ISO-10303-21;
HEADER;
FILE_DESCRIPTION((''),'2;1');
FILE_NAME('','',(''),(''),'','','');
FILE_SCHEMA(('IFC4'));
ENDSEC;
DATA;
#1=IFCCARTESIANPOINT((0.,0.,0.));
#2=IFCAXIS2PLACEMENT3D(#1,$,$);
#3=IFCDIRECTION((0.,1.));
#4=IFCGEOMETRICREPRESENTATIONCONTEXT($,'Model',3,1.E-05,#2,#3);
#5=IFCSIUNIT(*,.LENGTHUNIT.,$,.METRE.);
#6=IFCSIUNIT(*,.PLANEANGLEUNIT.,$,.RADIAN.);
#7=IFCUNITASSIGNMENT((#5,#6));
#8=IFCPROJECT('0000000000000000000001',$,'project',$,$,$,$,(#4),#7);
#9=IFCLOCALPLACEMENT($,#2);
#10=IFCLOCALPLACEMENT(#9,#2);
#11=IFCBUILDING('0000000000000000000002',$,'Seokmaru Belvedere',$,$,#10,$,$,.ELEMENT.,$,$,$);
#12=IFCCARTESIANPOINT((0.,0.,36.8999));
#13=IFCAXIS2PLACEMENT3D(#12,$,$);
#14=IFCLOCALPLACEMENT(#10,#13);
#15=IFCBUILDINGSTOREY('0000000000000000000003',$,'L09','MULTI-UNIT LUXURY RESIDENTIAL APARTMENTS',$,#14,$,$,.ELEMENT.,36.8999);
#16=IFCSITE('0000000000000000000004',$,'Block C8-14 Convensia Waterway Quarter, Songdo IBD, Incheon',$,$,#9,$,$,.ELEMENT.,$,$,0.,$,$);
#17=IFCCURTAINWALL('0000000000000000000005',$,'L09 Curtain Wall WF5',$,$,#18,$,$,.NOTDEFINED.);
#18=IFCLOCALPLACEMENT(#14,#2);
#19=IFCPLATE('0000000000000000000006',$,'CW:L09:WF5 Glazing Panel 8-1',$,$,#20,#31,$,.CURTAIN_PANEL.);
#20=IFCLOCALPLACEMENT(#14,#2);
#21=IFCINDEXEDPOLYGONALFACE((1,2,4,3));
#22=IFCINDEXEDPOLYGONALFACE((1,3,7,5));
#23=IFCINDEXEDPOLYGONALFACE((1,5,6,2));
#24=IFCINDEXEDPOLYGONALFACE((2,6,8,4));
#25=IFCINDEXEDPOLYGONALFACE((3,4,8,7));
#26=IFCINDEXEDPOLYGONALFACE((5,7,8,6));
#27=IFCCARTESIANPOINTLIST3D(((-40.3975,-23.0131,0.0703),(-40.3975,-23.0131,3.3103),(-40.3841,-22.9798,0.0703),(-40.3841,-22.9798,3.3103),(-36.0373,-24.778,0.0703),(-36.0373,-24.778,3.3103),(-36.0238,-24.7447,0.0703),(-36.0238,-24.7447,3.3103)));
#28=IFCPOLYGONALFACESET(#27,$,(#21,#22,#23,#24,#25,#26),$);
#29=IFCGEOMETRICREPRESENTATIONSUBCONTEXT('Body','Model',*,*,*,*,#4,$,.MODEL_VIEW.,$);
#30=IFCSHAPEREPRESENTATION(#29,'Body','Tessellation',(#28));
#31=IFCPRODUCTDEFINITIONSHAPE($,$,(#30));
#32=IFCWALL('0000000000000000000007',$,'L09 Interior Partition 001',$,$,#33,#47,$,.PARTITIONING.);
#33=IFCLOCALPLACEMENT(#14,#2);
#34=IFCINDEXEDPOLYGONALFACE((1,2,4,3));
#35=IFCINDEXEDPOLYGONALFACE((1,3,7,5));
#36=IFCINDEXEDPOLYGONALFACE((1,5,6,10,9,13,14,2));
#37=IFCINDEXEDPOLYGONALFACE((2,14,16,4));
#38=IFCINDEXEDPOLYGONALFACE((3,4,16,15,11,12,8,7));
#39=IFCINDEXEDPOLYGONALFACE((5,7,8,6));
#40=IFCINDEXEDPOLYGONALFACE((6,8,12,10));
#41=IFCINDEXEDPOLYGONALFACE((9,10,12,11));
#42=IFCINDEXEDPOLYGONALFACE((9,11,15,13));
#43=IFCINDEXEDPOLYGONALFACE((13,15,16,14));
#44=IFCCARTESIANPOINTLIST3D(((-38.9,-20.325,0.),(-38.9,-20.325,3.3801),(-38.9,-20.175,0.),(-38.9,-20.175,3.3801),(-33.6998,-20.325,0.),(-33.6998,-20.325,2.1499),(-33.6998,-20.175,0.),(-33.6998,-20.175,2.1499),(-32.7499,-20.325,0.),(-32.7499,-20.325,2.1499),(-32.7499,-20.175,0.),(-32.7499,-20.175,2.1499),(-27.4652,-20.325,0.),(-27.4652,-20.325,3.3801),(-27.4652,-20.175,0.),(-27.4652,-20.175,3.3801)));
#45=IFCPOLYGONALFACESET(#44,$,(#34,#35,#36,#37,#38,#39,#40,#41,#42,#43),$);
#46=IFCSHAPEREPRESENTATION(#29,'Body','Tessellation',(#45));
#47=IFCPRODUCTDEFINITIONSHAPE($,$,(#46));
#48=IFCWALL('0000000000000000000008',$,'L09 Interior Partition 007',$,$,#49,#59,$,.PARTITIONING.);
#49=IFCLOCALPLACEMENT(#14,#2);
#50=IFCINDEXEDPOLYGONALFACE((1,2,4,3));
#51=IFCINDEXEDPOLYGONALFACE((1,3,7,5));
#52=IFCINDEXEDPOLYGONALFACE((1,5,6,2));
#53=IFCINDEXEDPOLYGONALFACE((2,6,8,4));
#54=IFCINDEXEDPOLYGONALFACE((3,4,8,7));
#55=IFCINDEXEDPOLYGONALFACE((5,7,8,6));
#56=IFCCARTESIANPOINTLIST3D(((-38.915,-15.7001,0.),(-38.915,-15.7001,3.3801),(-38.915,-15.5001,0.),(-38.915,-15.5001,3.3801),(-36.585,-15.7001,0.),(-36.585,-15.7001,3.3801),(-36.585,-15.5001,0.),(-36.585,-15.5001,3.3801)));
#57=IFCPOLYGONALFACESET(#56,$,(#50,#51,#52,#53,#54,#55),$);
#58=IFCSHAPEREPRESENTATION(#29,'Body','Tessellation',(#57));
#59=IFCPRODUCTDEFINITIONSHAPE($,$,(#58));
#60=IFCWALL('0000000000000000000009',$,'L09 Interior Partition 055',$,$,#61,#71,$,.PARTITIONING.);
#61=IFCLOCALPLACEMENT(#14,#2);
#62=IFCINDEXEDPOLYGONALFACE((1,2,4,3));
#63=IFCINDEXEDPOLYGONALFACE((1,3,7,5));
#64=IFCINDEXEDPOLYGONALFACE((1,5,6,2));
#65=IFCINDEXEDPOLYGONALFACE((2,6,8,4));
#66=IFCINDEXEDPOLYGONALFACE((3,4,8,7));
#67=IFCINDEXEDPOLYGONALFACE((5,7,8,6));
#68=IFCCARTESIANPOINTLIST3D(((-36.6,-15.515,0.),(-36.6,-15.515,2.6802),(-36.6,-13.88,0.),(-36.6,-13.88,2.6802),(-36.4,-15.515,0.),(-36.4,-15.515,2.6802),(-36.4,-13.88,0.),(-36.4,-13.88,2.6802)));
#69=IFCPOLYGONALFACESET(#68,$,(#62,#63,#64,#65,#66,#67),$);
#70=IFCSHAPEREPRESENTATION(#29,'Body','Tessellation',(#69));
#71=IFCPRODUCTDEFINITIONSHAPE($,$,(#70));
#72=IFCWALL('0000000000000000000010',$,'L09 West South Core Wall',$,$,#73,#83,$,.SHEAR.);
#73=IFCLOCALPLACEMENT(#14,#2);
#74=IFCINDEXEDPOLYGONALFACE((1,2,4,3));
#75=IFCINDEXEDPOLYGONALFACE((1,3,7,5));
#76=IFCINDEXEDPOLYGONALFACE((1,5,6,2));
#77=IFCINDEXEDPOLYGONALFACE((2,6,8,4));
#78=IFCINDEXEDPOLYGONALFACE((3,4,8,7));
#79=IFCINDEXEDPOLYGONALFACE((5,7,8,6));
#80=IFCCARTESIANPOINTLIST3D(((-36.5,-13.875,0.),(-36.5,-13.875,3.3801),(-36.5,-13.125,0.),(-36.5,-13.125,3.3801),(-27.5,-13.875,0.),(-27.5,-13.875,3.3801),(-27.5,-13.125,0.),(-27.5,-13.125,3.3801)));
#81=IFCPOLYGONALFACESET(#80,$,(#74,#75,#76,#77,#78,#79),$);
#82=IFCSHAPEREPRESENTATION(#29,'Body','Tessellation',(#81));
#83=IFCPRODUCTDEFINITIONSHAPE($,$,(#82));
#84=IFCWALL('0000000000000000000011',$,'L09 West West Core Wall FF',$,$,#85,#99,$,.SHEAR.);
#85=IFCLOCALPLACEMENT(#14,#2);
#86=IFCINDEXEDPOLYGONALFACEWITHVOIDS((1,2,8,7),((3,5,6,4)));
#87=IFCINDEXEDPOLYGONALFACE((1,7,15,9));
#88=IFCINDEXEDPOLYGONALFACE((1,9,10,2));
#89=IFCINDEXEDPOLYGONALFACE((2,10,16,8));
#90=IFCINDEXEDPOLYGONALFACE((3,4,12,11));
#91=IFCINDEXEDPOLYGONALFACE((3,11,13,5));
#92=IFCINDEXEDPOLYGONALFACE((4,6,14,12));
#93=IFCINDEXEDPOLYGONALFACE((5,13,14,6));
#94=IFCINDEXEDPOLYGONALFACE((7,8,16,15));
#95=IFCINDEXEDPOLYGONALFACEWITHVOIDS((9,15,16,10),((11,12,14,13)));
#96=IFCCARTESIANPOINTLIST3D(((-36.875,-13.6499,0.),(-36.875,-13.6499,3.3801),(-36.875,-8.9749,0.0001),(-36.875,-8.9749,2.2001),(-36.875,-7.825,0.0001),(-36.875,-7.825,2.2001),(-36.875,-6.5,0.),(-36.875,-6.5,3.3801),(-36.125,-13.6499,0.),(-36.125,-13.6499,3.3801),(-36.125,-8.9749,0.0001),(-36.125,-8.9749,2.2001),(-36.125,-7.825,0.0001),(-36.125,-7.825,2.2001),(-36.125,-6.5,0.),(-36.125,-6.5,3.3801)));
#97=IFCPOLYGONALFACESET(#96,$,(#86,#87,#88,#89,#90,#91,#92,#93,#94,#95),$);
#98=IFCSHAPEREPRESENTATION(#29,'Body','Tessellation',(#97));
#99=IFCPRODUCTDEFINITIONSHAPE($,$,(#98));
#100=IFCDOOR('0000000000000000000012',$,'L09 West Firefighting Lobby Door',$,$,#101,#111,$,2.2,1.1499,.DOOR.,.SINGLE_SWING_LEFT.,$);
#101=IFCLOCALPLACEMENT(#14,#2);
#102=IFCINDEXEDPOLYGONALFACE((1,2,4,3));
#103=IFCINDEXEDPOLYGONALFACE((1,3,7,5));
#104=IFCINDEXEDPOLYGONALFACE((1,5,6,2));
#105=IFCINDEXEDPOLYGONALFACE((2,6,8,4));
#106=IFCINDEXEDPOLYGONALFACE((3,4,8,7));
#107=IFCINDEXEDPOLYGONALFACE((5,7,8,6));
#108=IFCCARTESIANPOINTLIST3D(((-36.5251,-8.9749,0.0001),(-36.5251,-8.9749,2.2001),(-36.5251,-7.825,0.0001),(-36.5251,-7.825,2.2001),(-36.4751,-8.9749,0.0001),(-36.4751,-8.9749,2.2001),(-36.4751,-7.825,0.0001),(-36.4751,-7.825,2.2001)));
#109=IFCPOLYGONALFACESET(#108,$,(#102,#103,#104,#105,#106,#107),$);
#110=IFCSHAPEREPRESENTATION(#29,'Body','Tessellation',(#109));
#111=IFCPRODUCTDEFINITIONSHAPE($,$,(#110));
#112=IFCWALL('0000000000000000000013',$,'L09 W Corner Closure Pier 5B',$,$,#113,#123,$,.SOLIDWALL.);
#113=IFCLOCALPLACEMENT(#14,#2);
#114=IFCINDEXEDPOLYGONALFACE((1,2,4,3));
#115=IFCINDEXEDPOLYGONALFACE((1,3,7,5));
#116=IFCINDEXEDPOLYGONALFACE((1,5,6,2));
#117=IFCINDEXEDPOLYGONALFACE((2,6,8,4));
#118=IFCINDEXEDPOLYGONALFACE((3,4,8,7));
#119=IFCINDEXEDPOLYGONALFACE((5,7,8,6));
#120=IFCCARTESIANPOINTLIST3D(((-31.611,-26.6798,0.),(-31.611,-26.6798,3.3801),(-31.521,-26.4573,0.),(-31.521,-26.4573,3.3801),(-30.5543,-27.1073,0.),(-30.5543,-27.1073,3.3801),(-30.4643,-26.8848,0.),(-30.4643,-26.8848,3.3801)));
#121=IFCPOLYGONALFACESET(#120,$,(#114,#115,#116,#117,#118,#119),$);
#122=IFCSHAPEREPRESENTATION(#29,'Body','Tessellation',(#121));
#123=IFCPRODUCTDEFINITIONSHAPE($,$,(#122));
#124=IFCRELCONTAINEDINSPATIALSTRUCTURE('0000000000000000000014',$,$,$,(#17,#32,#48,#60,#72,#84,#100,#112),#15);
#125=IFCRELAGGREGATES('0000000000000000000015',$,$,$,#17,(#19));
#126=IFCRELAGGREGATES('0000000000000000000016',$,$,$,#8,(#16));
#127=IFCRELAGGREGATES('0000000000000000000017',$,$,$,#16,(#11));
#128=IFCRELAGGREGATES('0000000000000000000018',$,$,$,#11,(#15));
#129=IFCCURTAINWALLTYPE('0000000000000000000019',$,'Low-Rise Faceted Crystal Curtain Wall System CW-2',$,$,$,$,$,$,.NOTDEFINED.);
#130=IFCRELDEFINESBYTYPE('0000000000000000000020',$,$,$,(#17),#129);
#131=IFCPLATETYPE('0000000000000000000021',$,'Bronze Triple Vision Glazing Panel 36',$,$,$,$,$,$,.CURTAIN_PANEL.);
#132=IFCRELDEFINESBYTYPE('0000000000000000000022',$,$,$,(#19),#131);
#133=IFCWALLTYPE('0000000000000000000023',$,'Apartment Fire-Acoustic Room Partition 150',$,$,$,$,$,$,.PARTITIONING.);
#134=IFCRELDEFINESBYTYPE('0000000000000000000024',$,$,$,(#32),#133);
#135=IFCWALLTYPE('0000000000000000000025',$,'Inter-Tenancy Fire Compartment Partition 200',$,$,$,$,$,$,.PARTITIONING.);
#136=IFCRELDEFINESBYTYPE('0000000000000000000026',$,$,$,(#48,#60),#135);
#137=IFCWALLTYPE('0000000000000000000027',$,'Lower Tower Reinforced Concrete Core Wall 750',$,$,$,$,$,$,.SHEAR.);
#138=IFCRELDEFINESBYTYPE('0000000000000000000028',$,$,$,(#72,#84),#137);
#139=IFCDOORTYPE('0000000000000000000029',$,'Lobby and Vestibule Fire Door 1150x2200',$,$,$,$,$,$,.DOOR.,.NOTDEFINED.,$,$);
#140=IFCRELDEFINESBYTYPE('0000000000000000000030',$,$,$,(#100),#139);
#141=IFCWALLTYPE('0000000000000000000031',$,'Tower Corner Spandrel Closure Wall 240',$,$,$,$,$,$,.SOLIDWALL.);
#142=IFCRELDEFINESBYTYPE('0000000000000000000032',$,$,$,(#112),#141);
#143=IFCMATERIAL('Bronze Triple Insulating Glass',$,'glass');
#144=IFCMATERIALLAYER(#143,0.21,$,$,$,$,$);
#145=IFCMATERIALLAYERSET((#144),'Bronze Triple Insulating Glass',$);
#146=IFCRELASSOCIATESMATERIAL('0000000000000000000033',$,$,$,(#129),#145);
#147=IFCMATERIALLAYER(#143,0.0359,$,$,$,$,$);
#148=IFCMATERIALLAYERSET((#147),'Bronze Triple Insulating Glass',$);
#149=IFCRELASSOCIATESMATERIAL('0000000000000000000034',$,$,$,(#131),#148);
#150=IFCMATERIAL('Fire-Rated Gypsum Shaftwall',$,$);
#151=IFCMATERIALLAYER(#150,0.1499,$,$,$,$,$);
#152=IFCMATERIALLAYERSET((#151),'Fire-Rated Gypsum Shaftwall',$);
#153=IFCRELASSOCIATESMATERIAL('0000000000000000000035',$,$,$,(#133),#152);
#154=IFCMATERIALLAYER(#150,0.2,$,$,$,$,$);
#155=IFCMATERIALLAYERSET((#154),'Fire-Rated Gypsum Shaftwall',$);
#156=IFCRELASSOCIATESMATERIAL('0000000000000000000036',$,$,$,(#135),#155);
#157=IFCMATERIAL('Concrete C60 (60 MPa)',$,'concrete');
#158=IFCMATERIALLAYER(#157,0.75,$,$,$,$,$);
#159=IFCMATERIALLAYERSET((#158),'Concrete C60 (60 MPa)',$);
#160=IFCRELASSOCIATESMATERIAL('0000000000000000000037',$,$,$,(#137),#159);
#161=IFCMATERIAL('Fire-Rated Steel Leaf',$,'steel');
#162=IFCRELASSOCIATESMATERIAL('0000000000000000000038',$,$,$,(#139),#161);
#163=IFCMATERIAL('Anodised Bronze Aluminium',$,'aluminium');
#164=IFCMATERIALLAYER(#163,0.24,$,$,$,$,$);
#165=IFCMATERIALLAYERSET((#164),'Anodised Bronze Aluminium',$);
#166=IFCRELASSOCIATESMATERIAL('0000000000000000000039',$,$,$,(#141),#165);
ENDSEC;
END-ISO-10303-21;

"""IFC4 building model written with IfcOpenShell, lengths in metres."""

from ifc_helpers import new_model, si_unit, direction, frame, frame_2d, origin, origin_2d, place, context, subcontext, project, spatial, rectangle, extrude, source, transform, mapped, material, layer, layer_set, type_object, type_shapes, element, fill, aggregate, save


model = new_model("IFC4")

# Units and contexts
model_context = context("Model", 3, precision=1e-05, world=origin(), true_north=direction((0.0, 1.0)))
body_context = subcontext(model_context, "Body", "Model", "MODEL_VIEW")
ifc_project = project(units=[si_unit("LENGTHUNIT", "METRE"), si_unit("PLANEANGLEUNIT", "RADIAN")], contexts=[model_context])

# Site, building, storey
site_placement = place(None, origin())
site = spatial("IfcSite", under=ifc_project, at=site_placement, Name="Block C8-14 Convensia Waterway Quarter, Songdo IBD, Incheon", CompositionType="ELEMENT", RefElevation=0.0)
building_placement = place(site_placement, origin())
building = spatial("IfcBuilding", under=site, at=building_placement, Name="Seokmaru Belvedere", CompositionType="ELEMENT")
storey_placement = place(building_placement, frame((0.0, 0.0, 36.8999)))
storey = spatial("IfcBuildingStorey", under=building, at=storey_placement, Name="L09", Description="MULTI-UNIT LUXURY RESIDENTIAL APARTMENTS", CompositionType="ELEMENT", Elevation=36.8999)

# Curtain wall
ifc_material_1 = material(Name="Bronze Triple Insulating Glass", Category="glass")
ifc_layer_1 = layer(ifc_material_1, 0.21)
ifc_layer_set_1 = layer_set([ifc_layer_1], Name="Bronze Triple Insulating Glass")
curtain_wall_type = type_object("IfcCurtainWallType", Name="Low-Rise Faceted Crystal Curtain Wall System CW-2", PredefinedType="NOTDEFINED", material=ifc_layer_set_1)
curtain_wall_placement = place(storey_placement, origin())
curtain_wall = element("IfcCurtainWall", 1, at=curtain_wall_placement, inside=storey, type_object=curtain_wall_type, Name="L09 Curtain Wall WF5", PredefinedType="NOTDEFINED")
ifc_material_2 = material(Name="Anodised Bronze Aluminium", Category="aluminium")

# Plate
ifc_layer_2 = layer(ifc_material_1, 0.0359)
ifc_layer_set_2 = layer_set([ifc_layer_2], Name="Bronze Triple Insulating Glass")
plate_type = type_object("IfcPlateType", Name="Bronze Triple Vision Glazing Panel 36", PredefinedType="CURTAIN_PANEL", material=ifc_layer_set_2)
shared_shape_1 = source(origin(), body_context, "Body", "SweptSolid", [
    extrude(rectangle(XDim=4.7039, YDim=0.0359, at=origin_2d()), origin(), (0.0, 0.0, 1.0), 3.24),
])
plate_1_placement = place(storey_placement, frame((-38.2107, -23.8789, 0.0703), z_axis=(0.0, 0.0, 1.0), x_axis=(0.926947, -0.375192, 0.0)))
plate_1 = element("IfcPlate", 2, at=plate_1_placement, type_object=plate_type, Name="CW:L09:WF5 Glazing Panel 8-1", PredefinedType="CURTAIN_PANEL", context=body_context, shape_type="MappedRepresentation", body=[
    mapped(shared_shape_1, transform((0.0, 0.0, 0.0), scale=1.0)),
])
aggregate(curtain_wall, [plate_1])

# Wall, opening
ifc_material_3 = material(Name="Fire-Rated Gypsum Shaftwall")
ifc_layer_3 = layer(ifc_material_3, 0.1499)
ifc_layer_set_3 = layer_set([ifc_layer_3], Name="Fire-Rated Gypsum Shaftwall")
wall_type_1 = type_object("IfcWallType", Name="Apartment Fire-Acoustic Room Partition 150", PredefinedType="PARTITIONING", material=ifc_layer_set_3)
wall_1_placement = place(storey_placement, frame((-38.8999, -20.25, 0.0), z_axis=(0.0, 0.0, 1.0), x_axis=(1.0, 0.0, 0.0)))
wall_1 = element("IfcWall", 3, at=wall_1_placement, inside=storey, type_object=wall_type_1, Name="L09 Interior Partition 001", PredefinedType="PARTITIONING", context=body_context, shape_type="SweptSolid", body=[
    extrude(rectangle(XDim=11.4348, YDim=0.1499, at=frame_2d((5.7173, 0.0))), origin(), (0.0, 0.0, 1.0), 3.3801),
])
opening_1_placement = place(wall_1_placement, frame((5.2, 0.0, 0.0)))
element("IfcOpeningElement", 4, at=opening_1_placement, cuts=wall_1, PredefinedType="OPENING", context=body_context, shape_type="SweptSolid", body=[
    extrude(rectangle(XDim=0.95, YDim=2.1499, at=frame_2d((0.4751, 1.075))), frame((0.0, 0.085, 0.0), z_axis=(0.0, -1.0, 0.0), x_axis=(1.0, 0.0, 0.0)), (0.0, 0.0, 1.0), 0.1699),
])

# Walls
ifc_layer_4 = layer(ifc_material_3, 0.2)
ifc_layer_set_4 = layer_set([ifc_layer_4], Name="Fire-Rated Gypsum Shaftwall")
wall_type_2 = type_object("IfcWallType", Name="Inter-Tenancy Fire Compartment Partition 200", PredefinedType="PARTITIONING", material=ifc_layer_set_4)
wall_2_placement = place(storey_placement, frame((-38.915, -15.6001, 0.0), z_axis=(0.0, 0.0, 1.0), x_axis=(1.0, 0.0, 0.0)))
element("IfcWall", 5, at=wall_2_placement, inside=storey, type_object=wall_type_2, Name="L09 Interior Partition 007", PredefinedType="PARTITIONING", context=body_context, shape_type="SweptSolid", body=[
    extrude(rectangle(XDim=2.3301, YDim=0.2, at=frame_2d((1.165, 0.0))), origin(), (0.0, 0.0, 1.0), 3.3801),
])
wall_3_placement = place(storey_placement, frame((-36.5, -15.5149, 0.0), z_axis=(0.0, 0.0, 1.0), x_axis=(0.0, 1.0, 0.0)))
element("IfcWall", 6, at=wall_3_placement, inside=storey, type_object=wall_type_2, Name="L09 Interior Partition 055", PredefinedType="PARTITIONING", context=body_context, shape_type="SweptSolid", body=[
    extrude(rectangle(XDim=1.635, YDim=0.2, at=frame_2d((0.8174, 0.0))), origin(), (0.0, 0.0, 1.0), 2.6802),
])
ifc_material_4 = material(Name="Concrete C60 (60 MPa)", Category="concrete")
ifc_layer_5 = layer(ifc_material_4, 0.75)
ifc_layer_set_5 = layer_set([ifc_layer_5], Name="Concrete C60 (60 MPa)")
wall_type_3 = type_object("IfcWallType", Name="Lower Tower Reinforced Concrete Core Wall 750", PredefinedType="SHEAR", material=ifc_layer_set_5)
wall_4_placement = place(storey_placement, frame((-36.5, -13.5, 0.0), z_axis=(0.0, 0.0, 1.0), x_axis=(1.0, 0.0, 0.0)))
element("IfcWall", 7, at=wall_4_placement, inside=storey, type_object=wall_type_3, Name="L09 West South Core Wall", PredefinedType="SHEAR", context=body_context, shape_type="SweptSolid", body=[
    extrude(rectangle(XDim=9.0, YDim=0.75, at=frame_2d((4.5, 0.0))), origin(), (0.0, 0.0, 1.0), 3.3801),
])

# Wall, opening, door
wall_5_placement = place(storey_placement, frame((-36.5, -13.6499, 0.0), z_axis=(0.0, 0.0, 1.0), x_axis=(0.0, 1.0, 0.0)))
wall_5 = element("IfcWall", 8, at=wall_5_placement, inside=storey, type_object=wall_type_3, Name="L09 West West Core Wall FF", PredefinedType="SHEAR", context=body_context, shape_type="SweptSolid", body=[
    extrude(rectangle(XDim=7.1499, YDim=0.75, at=frame_2d((3.575, 0.0))), origin(), (0.0, 0.0, 1.0), 3.3801),
])
opening_2_placement = place(wall_5_placement, frame((4.675, 0.0, 0.0)))
opening_2 = element("IfcOpeningElement", 9, at=opening_2_placement, cuts=wall_5, PredefinedType="OPENING", context=body_context, shape_type="SweptSolid", body=[
    extrude(rectangle(XDim=1.1499, YDim=2.2, at=frame_2d((0.575, 1.1001))), frame((0.0, 0.385, 0.0), z_axis=(0.0, -1.0, 0.0), x_axis=(1.0, 0.0, 0.0)), (0.0, 0.0, 1.0), 0.77),
])
ifc_material_5 = material(Name="Fire-Rated Steel Leaf", Category="steel")
door_type = type_object("IfcDoorType", Name="Lobby and Vestibule Fire Door 1150x2200", OperationType="NOTDEFINED", PredefinedType="DOOR", material=ifc_material_5)
shared_shape_2 = source(origin(), body_context, "Body", "SweptSolid", [
    extrude(rectangle(XDim=1.1499, YDim=2.2, at=frame_2d((0.575, 1.1001))), frame((0.0, 0.0249, 0.0), z_axis=(0.0, -1.0, 0.0), x_axis=(1.0, 0.0, 0.0)), (0.0, 0.0, 1.0), 0.05),
])
type_shapes(door_type, [shared_shape_2])
door_placement = place(opening_2_placement, frame((1.1499, 0.0, 0.0), z_axis=(0.0, 0.0, 1.0), x_axis=(-1.0, 0.0, 0.0)))
door = element("IfcDoor", 10, at=door_placement, inside=storey, type_object=door_type, Name="L09 West Firefighting Lobby Door", OperationType="SINGLE_SWING_LEFT", OverallHeight=2.2, OverallWidth=1.1499, PredefinedType="DOOR", context=body_context, shape_type="MappedRepresentation", body=[
    mapped(shared_shape_2, transform((0.0, 0.0, 0.0), scale=1.0)),
])
fill(opening_2, door)

# Wall
ifc_layer_6 = layer(ifc_material_2, 0.24)
ifc_layer_set_6 = layer_set([ifc_layer_6], Name="Anodised Bronze Aluminium")
wall_type_4 = type_object("IfcWallType", Name="Tower Corner Spandrel Closure Wall 240", PredefinedType="SOLIDWALL", material=ifc_layer_set_6)
wall_6_placement = place(storey_placement, frame((-31.5659, -26.5686, 0.0), z_axis=(0.0, 0.0, 1.0), x_axis=(0.927007, -0.375044, 0.0)))
element("IfcWall", 11, at=wall_6_placement, inside=storey, type_object=wall_type_4, Name="L09 W Corner Closure Pier 5B", PredefinedType="SOLIDWALL", context=body_context, shape_type="SweptSolid", body=[
    extrude(rectangle(XDim=1.1399, YDim=0.24, at=frame_2d((0.5698, 0.0))), origin(), (0.0, 0.0, 1.0), 3.3801),
])

save(model, "model.ifc")
